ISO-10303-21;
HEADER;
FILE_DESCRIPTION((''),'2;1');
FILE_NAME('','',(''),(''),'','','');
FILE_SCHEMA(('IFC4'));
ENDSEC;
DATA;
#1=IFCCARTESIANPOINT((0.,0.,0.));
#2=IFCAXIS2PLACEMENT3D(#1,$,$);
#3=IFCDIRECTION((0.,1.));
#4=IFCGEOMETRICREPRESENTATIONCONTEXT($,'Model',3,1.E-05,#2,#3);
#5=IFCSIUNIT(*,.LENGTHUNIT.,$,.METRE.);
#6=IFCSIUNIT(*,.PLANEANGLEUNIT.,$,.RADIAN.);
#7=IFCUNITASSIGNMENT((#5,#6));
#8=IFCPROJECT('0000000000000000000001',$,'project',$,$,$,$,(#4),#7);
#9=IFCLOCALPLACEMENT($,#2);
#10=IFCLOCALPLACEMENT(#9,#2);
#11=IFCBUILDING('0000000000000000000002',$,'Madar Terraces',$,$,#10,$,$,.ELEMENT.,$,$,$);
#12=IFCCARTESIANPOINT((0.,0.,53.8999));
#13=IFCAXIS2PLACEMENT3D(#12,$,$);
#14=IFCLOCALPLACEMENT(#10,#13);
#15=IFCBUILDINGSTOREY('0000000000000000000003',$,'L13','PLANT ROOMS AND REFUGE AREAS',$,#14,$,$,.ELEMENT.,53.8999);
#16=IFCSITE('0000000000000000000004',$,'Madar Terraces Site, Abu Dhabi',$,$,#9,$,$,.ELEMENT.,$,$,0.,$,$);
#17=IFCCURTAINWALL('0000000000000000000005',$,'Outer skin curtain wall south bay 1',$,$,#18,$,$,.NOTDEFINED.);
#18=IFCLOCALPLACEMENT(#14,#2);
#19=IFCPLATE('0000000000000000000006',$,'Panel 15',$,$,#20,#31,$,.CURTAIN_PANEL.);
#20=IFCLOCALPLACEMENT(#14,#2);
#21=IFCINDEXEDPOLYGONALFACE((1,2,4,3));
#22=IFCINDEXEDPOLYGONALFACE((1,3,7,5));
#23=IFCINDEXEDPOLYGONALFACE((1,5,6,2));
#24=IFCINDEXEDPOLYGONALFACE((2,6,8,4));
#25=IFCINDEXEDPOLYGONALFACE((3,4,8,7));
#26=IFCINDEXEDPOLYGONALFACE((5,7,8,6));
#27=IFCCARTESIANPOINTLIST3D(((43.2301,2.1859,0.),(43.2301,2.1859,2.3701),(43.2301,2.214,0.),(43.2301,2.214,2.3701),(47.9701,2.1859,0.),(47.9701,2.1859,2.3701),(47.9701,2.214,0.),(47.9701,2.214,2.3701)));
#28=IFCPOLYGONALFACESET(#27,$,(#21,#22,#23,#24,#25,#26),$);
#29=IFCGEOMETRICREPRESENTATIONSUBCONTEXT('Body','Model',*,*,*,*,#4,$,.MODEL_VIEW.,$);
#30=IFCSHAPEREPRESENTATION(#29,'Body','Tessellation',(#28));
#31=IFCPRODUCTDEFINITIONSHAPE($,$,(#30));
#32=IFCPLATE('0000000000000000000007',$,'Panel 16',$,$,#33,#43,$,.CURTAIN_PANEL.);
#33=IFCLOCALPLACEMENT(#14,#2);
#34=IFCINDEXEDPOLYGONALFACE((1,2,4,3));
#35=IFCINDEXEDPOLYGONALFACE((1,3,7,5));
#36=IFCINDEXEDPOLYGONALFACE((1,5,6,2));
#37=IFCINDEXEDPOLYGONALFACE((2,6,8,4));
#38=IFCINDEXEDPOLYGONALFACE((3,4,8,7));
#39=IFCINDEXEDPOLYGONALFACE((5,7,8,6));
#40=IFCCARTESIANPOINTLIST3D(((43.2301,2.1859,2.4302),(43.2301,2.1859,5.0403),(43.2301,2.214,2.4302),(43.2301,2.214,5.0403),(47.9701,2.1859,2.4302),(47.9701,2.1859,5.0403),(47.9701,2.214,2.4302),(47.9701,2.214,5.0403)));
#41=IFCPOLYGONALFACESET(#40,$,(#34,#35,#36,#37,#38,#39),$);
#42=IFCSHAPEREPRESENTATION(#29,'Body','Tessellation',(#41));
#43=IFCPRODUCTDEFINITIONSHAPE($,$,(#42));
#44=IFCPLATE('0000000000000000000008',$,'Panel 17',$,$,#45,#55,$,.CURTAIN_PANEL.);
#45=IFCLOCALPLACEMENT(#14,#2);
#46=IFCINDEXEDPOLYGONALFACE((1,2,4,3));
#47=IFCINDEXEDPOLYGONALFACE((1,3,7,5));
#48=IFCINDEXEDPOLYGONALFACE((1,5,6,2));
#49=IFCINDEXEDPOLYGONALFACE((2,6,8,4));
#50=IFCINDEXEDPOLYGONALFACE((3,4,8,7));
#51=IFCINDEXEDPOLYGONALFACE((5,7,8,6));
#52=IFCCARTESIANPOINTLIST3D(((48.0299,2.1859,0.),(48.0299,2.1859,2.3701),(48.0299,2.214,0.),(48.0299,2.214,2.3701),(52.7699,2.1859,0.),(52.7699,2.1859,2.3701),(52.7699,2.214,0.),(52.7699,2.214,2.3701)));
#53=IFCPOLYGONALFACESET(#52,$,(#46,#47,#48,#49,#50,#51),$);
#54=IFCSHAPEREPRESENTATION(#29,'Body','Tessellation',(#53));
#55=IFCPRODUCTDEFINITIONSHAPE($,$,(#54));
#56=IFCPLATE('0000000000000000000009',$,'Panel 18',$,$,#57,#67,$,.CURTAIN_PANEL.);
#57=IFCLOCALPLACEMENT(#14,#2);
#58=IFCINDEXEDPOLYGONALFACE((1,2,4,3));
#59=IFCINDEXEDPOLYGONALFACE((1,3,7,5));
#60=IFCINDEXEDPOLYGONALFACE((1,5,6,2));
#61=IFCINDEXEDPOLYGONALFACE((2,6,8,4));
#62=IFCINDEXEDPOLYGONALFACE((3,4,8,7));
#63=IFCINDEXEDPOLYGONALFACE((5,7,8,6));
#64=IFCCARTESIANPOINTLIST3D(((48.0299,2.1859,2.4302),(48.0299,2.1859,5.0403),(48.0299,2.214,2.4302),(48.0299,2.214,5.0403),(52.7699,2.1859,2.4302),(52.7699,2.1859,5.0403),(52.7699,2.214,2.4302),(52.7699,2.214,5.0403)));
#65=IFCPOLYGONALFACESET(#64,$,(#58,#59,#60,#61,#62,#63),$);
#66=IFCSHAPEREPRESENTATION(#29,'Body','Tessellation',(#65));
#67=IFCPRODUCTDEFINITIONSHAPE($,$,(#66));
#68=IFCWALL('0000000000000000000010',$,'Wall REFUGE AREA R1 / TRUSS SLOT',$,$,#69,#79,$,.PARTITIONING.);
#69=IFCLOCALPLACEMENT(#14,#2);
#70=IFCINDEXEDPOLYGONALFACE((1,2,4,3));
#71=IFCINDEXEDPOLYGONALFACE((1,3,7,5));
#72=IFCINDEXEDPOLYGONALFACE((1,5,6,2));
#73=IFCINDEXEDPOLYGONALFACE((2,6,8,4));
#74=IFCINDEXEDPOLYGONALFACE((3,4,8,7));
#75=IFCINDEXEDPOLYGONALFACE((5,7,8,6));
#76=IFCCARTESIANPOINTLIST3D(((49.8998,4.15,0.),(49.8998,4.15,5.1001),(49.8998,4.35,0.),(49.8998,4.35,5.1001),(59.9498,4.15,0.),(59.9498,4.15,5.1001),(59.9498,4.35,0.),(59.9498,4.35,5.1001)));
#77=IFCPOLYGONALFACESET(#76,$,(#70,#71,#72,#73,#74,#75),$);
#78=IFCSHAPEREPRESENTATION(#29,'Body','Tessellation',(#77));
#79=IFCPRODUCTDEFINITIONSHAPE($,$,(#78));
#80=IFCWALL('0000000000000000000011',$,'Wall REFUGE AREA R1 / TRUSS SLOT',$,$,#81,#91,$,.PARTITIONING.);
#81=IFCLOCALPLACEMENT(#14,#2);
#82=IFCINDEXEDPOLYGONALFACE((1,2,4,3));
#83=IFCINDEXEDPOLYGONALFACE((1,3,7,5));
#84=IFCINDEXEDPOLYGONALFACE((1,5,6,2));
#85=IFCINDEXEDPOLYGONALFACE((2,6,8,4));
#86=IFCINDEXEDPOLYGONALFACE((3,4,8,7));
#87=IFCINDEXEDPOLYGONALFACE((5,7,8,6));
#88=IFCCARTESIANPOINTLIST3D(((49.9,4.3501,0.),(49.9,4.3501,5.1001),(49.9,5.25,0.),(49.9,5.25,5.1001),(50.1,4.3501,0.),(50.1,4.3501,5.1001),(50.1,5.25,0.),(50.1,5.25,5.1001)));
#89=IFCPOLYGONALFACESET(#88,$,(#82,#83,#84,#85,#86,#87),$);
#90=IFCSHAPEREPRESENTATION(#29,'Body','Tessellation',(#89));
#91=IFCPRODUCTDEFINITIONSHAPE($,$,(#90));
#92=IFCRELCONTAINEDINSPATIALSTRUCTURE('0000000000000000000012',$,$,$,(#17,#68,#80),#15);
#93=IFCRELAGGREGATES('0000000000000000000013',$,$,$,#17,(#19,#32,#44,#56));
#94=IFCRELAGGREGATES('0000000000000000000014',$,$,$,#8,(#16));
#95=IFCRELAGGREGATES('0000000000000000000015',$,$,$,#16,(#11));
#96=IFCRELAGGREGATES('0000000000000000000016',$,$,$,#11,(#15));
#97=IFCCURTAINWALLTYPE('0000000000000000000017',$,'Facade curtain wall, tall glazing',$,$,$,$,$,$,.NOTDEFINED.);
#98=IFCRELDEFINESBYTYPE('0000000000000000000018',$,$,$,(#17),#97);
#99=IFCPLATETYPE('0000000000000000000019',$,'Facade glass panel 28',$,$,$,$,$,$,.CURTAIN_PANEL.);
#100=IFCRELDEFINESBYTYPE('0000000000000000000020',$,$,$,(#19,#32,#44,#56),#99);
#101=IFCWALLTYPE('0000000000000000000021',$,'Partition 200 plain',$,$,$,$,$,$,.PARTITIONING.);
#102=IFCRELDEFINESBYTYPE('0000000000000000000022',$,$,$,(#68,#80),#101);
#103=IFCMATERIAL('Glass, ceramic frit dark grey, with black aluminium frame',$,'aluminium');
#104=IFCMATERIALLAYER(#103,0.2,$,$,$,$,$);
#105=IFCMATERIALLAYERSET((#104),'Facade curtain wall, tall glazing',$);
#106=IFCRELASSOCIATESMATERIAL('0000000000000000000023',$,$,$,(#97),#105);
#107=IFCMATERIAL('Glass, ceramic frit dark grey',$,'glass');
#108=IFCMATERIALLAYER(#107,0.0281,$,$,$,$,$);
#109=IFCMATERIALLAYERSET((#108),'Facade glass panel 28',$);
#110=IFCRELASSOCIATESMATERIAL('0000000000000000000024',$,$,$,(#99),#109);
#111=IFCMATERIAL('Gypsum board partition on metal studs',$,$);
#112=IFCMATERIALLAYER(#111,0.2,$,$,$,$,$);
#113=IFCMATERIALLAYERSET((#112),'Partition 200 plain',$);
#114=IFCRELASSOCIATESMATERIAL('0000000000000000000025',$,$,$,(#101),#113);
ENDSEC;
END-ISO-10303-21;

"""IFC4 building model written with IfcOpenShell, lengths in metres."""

from ifc_helpers import new_model, si_unit, direction, frame, frame_2d, origin, origin_2d, place, context, subcontext, project, spatial, rectangle, extrude, material, layer, layer_set, type_object, element, aggregate, save


model = new_model("IFC4")

# Units and contexts
model_context = context("Model", 3, precision=1e-05, world=origin(), true_north=direction((0.0, 1.0)))
body_context = subcontext(model_context, "Body", "Model", "MODEL_VIEW")
ifc_project = project(units=[si_unit("LENGTHUNIT", "METRE"), si_unit("PLANEANGLEUNIT", "RADIAN")], contexts=[model_context])

# Site, building, storey
site_placement = place(None, origin())
site = spatial("IfcSite", under=ifc_project, at=site_placement, Name="Madar Terraces Site, Abu Dhabi", CompositionType="ELEMENT", RefElevation=0.0)
building_placement = place(site_placement, origin())
building = spatial("IfcBuilding", under=site, at=building_placement, Name="Madar Terraces", CompositionType="ELEMENT")
storey_placement = place(building_placement, frame((0.0, 0.0, 53.8999)))
storey = spatial("IfcBuildingStorey", under=building, at=storey_placement, Name="L13", Description="PLANT ROOMS AND REFUGE AREAS", CompositionType="ELEMENT", Elevation=53.8999)

# Curtain wall
ifc_material_1 = material(Name="Glass, ceramic frit dark grey, with black aluminium frame", Category="aluminium")
ifc_layer_1 = layer(ifc_material_1, 0.2)
ifc_layer_set_1 = layer_set([ifc_layer_1], Name="Facade curtain wall, tall glazing")
curtain_wall_type = type_object("IfcCurtainWallType", Name="Facade curtain wall, tall glazing", PredefinedType="NOTDEFINED", material=ifc_layer_set_1)
curtain_wall_placement = place(storey_placement, origin())
curtain_wall = element("IfcCurtainWall", 1, at=curtain_wall_placement, inside=storey, type_object=curtain_wall_type, Name="Outer skin curtain wall south bay 1", PredefinedType="NOTDEFINED")

# Plates
ifc_material_2 = material(Name="Glass, ceramic frit dark grey", Category="glass")
ifc_layer_2 = layer(ifc_material_2, 0.0281)
ifc_layer_set_2 = layer_set([ifc_layer_2], Name="Facade glass panel 28")
plate_type = type_object("IfcPlateType", Name="Facade glass panel 28", PredefinedType="CURTAIN_PANEL", material=ifc_layer_set_2)
plate_1_placement = place(storey_placement, frame((45.6001, 2.2, 0.0), z_axis=(0.0, 0.0, 1.0), x_axis=(1.0, 0.0, 0.0)))
plate_1 = element("IfcPlate", 2, at=plate_1_placement, type_object=plate_type, Name="Panel 15", PredefinedType="CURTAIN_PANEL", context=body_context, shape_type="SweptSolid", body=[
    extrude(rectangle(XDim=4.74, YDim=0.0281, at=origin_2d()), origin(), (0.0, 0.0, 1.0), 2.3701),
])
plate_2_placement = place(storey_placement, frame((45.6001, 2.2, 2.4302), z_axis=(0.0, 0.0, 1.0), x_axis=(1.0, 0.0, 0.0)))
plate_2 = element("IfcPlate", 3, at=plate_2_placement, type_object=plate_type, Name="Panel 16", PredefinedType="CURTAIN_PANEL", context=body_context, shape_type="SweptSolid", body=[
    extrude(rectangle(XDim=4.74, YDim=0.0281, at=origin_2d()), origin(), (0.0, 0.0, 1.0), 2.6101),
])
plate_3_placement = place(storey_placement, frame((50.3999, 2.2, 0.0), z_axis=(0.0, 0.0, 1.0), x_axis=(1.0, 0.0, 0.0)))
plate_3 = element("IfcPlate", 4, at=plate_3_placement, type_object=plate_type, Name="Panel 17", PredefinedType="CURTAIN_PANEL", context=body_context, shape_type="SweptSolid", body=[
    extrude(rectangle(XDim=4.74, YDim=0.0281, at=origin_2d()), origin(), (0.0, 0.0, 1.0), 2.3701),
])
plate_4_placement = place(storey_placement, frame((50.3999, 2.2, 2.4302), z_axis=(0.0, 0.0, 1.0), x_axis=(1.0, 0.0, 0.0)))
plate_4 = element("IfcPlate", 5, at=plate_4_placement, type_object=plate_type, Name="Panel 18", PredefinedType="CURTAIN_PANEL", context=body_context, shape_type="SweptSolid", body=[
    extrude(rectangle(XDim=4.74, YDim=0.0281, at=origin_2d()), origin(), (0.0, 0.0, 1.0), 2.6101),
])
aggregate(curtain_wall, [plate_1, plate_2, plate_3, plate_4])

# Walls
ifc_material_3 = material(Name="Gypsum board partition on metal studs")
ifc_layer_3 = layer(ifc_material_3, 0.2)
ifc_layer_set_3 = layer_set([ifc_layer_3], Name="Partition 200 plain")
wall_type = type_object("IfcWallType", Name="Partition 200 plain", PredefinedType="PARTITIONING", material=ifc_layer_set_3)
wall_1_placement = place(storey_placement, frame((49.8999, 4.25, 0.0), z_axis=(0.0, 0.0, 1.0), x_axis=(1.0, 0.0, 0.0)))
element("IfcWall", 6, at=wall_1_placement, inside=storey, type_object=wall_type, Name="Wall REFUGE AREA R1 / TRUSS SLOT", PredefinedType="PARTITIONING", context=body_context, shape_type="SweptSolid", body=[
    extrude(rectangle(XDim=10.05, YDim=0.2, at=frame_2d((5.0249, 0.0))), origin(), (0.0, 0.0, 1.0), 5.1001),
])
wall_2_placement = place(storey_placement, frame((50.0, 4.3501, 0.0), z_axis=(0.0, 0.0, 1.0), x_axis=(0.0, 1.0, 0.0)))
element("IfcWall", 7, at=wall_2_placement, inside=storey, type_object=wall_type, Name="Wall REFUGE AREA R1 / TRUSS SLOT", PredefinedType="PARTITIONING", context=body_context, shape_type="SweptSolid", body=[
    extrude(rectangle(XDim=0.8999, YDim=0.2, at=frame_2d((0.45, 0.0))), origin(), (0.0, 0.0, 1.0), 5.1001),
])

save(model, "model.ifc")
